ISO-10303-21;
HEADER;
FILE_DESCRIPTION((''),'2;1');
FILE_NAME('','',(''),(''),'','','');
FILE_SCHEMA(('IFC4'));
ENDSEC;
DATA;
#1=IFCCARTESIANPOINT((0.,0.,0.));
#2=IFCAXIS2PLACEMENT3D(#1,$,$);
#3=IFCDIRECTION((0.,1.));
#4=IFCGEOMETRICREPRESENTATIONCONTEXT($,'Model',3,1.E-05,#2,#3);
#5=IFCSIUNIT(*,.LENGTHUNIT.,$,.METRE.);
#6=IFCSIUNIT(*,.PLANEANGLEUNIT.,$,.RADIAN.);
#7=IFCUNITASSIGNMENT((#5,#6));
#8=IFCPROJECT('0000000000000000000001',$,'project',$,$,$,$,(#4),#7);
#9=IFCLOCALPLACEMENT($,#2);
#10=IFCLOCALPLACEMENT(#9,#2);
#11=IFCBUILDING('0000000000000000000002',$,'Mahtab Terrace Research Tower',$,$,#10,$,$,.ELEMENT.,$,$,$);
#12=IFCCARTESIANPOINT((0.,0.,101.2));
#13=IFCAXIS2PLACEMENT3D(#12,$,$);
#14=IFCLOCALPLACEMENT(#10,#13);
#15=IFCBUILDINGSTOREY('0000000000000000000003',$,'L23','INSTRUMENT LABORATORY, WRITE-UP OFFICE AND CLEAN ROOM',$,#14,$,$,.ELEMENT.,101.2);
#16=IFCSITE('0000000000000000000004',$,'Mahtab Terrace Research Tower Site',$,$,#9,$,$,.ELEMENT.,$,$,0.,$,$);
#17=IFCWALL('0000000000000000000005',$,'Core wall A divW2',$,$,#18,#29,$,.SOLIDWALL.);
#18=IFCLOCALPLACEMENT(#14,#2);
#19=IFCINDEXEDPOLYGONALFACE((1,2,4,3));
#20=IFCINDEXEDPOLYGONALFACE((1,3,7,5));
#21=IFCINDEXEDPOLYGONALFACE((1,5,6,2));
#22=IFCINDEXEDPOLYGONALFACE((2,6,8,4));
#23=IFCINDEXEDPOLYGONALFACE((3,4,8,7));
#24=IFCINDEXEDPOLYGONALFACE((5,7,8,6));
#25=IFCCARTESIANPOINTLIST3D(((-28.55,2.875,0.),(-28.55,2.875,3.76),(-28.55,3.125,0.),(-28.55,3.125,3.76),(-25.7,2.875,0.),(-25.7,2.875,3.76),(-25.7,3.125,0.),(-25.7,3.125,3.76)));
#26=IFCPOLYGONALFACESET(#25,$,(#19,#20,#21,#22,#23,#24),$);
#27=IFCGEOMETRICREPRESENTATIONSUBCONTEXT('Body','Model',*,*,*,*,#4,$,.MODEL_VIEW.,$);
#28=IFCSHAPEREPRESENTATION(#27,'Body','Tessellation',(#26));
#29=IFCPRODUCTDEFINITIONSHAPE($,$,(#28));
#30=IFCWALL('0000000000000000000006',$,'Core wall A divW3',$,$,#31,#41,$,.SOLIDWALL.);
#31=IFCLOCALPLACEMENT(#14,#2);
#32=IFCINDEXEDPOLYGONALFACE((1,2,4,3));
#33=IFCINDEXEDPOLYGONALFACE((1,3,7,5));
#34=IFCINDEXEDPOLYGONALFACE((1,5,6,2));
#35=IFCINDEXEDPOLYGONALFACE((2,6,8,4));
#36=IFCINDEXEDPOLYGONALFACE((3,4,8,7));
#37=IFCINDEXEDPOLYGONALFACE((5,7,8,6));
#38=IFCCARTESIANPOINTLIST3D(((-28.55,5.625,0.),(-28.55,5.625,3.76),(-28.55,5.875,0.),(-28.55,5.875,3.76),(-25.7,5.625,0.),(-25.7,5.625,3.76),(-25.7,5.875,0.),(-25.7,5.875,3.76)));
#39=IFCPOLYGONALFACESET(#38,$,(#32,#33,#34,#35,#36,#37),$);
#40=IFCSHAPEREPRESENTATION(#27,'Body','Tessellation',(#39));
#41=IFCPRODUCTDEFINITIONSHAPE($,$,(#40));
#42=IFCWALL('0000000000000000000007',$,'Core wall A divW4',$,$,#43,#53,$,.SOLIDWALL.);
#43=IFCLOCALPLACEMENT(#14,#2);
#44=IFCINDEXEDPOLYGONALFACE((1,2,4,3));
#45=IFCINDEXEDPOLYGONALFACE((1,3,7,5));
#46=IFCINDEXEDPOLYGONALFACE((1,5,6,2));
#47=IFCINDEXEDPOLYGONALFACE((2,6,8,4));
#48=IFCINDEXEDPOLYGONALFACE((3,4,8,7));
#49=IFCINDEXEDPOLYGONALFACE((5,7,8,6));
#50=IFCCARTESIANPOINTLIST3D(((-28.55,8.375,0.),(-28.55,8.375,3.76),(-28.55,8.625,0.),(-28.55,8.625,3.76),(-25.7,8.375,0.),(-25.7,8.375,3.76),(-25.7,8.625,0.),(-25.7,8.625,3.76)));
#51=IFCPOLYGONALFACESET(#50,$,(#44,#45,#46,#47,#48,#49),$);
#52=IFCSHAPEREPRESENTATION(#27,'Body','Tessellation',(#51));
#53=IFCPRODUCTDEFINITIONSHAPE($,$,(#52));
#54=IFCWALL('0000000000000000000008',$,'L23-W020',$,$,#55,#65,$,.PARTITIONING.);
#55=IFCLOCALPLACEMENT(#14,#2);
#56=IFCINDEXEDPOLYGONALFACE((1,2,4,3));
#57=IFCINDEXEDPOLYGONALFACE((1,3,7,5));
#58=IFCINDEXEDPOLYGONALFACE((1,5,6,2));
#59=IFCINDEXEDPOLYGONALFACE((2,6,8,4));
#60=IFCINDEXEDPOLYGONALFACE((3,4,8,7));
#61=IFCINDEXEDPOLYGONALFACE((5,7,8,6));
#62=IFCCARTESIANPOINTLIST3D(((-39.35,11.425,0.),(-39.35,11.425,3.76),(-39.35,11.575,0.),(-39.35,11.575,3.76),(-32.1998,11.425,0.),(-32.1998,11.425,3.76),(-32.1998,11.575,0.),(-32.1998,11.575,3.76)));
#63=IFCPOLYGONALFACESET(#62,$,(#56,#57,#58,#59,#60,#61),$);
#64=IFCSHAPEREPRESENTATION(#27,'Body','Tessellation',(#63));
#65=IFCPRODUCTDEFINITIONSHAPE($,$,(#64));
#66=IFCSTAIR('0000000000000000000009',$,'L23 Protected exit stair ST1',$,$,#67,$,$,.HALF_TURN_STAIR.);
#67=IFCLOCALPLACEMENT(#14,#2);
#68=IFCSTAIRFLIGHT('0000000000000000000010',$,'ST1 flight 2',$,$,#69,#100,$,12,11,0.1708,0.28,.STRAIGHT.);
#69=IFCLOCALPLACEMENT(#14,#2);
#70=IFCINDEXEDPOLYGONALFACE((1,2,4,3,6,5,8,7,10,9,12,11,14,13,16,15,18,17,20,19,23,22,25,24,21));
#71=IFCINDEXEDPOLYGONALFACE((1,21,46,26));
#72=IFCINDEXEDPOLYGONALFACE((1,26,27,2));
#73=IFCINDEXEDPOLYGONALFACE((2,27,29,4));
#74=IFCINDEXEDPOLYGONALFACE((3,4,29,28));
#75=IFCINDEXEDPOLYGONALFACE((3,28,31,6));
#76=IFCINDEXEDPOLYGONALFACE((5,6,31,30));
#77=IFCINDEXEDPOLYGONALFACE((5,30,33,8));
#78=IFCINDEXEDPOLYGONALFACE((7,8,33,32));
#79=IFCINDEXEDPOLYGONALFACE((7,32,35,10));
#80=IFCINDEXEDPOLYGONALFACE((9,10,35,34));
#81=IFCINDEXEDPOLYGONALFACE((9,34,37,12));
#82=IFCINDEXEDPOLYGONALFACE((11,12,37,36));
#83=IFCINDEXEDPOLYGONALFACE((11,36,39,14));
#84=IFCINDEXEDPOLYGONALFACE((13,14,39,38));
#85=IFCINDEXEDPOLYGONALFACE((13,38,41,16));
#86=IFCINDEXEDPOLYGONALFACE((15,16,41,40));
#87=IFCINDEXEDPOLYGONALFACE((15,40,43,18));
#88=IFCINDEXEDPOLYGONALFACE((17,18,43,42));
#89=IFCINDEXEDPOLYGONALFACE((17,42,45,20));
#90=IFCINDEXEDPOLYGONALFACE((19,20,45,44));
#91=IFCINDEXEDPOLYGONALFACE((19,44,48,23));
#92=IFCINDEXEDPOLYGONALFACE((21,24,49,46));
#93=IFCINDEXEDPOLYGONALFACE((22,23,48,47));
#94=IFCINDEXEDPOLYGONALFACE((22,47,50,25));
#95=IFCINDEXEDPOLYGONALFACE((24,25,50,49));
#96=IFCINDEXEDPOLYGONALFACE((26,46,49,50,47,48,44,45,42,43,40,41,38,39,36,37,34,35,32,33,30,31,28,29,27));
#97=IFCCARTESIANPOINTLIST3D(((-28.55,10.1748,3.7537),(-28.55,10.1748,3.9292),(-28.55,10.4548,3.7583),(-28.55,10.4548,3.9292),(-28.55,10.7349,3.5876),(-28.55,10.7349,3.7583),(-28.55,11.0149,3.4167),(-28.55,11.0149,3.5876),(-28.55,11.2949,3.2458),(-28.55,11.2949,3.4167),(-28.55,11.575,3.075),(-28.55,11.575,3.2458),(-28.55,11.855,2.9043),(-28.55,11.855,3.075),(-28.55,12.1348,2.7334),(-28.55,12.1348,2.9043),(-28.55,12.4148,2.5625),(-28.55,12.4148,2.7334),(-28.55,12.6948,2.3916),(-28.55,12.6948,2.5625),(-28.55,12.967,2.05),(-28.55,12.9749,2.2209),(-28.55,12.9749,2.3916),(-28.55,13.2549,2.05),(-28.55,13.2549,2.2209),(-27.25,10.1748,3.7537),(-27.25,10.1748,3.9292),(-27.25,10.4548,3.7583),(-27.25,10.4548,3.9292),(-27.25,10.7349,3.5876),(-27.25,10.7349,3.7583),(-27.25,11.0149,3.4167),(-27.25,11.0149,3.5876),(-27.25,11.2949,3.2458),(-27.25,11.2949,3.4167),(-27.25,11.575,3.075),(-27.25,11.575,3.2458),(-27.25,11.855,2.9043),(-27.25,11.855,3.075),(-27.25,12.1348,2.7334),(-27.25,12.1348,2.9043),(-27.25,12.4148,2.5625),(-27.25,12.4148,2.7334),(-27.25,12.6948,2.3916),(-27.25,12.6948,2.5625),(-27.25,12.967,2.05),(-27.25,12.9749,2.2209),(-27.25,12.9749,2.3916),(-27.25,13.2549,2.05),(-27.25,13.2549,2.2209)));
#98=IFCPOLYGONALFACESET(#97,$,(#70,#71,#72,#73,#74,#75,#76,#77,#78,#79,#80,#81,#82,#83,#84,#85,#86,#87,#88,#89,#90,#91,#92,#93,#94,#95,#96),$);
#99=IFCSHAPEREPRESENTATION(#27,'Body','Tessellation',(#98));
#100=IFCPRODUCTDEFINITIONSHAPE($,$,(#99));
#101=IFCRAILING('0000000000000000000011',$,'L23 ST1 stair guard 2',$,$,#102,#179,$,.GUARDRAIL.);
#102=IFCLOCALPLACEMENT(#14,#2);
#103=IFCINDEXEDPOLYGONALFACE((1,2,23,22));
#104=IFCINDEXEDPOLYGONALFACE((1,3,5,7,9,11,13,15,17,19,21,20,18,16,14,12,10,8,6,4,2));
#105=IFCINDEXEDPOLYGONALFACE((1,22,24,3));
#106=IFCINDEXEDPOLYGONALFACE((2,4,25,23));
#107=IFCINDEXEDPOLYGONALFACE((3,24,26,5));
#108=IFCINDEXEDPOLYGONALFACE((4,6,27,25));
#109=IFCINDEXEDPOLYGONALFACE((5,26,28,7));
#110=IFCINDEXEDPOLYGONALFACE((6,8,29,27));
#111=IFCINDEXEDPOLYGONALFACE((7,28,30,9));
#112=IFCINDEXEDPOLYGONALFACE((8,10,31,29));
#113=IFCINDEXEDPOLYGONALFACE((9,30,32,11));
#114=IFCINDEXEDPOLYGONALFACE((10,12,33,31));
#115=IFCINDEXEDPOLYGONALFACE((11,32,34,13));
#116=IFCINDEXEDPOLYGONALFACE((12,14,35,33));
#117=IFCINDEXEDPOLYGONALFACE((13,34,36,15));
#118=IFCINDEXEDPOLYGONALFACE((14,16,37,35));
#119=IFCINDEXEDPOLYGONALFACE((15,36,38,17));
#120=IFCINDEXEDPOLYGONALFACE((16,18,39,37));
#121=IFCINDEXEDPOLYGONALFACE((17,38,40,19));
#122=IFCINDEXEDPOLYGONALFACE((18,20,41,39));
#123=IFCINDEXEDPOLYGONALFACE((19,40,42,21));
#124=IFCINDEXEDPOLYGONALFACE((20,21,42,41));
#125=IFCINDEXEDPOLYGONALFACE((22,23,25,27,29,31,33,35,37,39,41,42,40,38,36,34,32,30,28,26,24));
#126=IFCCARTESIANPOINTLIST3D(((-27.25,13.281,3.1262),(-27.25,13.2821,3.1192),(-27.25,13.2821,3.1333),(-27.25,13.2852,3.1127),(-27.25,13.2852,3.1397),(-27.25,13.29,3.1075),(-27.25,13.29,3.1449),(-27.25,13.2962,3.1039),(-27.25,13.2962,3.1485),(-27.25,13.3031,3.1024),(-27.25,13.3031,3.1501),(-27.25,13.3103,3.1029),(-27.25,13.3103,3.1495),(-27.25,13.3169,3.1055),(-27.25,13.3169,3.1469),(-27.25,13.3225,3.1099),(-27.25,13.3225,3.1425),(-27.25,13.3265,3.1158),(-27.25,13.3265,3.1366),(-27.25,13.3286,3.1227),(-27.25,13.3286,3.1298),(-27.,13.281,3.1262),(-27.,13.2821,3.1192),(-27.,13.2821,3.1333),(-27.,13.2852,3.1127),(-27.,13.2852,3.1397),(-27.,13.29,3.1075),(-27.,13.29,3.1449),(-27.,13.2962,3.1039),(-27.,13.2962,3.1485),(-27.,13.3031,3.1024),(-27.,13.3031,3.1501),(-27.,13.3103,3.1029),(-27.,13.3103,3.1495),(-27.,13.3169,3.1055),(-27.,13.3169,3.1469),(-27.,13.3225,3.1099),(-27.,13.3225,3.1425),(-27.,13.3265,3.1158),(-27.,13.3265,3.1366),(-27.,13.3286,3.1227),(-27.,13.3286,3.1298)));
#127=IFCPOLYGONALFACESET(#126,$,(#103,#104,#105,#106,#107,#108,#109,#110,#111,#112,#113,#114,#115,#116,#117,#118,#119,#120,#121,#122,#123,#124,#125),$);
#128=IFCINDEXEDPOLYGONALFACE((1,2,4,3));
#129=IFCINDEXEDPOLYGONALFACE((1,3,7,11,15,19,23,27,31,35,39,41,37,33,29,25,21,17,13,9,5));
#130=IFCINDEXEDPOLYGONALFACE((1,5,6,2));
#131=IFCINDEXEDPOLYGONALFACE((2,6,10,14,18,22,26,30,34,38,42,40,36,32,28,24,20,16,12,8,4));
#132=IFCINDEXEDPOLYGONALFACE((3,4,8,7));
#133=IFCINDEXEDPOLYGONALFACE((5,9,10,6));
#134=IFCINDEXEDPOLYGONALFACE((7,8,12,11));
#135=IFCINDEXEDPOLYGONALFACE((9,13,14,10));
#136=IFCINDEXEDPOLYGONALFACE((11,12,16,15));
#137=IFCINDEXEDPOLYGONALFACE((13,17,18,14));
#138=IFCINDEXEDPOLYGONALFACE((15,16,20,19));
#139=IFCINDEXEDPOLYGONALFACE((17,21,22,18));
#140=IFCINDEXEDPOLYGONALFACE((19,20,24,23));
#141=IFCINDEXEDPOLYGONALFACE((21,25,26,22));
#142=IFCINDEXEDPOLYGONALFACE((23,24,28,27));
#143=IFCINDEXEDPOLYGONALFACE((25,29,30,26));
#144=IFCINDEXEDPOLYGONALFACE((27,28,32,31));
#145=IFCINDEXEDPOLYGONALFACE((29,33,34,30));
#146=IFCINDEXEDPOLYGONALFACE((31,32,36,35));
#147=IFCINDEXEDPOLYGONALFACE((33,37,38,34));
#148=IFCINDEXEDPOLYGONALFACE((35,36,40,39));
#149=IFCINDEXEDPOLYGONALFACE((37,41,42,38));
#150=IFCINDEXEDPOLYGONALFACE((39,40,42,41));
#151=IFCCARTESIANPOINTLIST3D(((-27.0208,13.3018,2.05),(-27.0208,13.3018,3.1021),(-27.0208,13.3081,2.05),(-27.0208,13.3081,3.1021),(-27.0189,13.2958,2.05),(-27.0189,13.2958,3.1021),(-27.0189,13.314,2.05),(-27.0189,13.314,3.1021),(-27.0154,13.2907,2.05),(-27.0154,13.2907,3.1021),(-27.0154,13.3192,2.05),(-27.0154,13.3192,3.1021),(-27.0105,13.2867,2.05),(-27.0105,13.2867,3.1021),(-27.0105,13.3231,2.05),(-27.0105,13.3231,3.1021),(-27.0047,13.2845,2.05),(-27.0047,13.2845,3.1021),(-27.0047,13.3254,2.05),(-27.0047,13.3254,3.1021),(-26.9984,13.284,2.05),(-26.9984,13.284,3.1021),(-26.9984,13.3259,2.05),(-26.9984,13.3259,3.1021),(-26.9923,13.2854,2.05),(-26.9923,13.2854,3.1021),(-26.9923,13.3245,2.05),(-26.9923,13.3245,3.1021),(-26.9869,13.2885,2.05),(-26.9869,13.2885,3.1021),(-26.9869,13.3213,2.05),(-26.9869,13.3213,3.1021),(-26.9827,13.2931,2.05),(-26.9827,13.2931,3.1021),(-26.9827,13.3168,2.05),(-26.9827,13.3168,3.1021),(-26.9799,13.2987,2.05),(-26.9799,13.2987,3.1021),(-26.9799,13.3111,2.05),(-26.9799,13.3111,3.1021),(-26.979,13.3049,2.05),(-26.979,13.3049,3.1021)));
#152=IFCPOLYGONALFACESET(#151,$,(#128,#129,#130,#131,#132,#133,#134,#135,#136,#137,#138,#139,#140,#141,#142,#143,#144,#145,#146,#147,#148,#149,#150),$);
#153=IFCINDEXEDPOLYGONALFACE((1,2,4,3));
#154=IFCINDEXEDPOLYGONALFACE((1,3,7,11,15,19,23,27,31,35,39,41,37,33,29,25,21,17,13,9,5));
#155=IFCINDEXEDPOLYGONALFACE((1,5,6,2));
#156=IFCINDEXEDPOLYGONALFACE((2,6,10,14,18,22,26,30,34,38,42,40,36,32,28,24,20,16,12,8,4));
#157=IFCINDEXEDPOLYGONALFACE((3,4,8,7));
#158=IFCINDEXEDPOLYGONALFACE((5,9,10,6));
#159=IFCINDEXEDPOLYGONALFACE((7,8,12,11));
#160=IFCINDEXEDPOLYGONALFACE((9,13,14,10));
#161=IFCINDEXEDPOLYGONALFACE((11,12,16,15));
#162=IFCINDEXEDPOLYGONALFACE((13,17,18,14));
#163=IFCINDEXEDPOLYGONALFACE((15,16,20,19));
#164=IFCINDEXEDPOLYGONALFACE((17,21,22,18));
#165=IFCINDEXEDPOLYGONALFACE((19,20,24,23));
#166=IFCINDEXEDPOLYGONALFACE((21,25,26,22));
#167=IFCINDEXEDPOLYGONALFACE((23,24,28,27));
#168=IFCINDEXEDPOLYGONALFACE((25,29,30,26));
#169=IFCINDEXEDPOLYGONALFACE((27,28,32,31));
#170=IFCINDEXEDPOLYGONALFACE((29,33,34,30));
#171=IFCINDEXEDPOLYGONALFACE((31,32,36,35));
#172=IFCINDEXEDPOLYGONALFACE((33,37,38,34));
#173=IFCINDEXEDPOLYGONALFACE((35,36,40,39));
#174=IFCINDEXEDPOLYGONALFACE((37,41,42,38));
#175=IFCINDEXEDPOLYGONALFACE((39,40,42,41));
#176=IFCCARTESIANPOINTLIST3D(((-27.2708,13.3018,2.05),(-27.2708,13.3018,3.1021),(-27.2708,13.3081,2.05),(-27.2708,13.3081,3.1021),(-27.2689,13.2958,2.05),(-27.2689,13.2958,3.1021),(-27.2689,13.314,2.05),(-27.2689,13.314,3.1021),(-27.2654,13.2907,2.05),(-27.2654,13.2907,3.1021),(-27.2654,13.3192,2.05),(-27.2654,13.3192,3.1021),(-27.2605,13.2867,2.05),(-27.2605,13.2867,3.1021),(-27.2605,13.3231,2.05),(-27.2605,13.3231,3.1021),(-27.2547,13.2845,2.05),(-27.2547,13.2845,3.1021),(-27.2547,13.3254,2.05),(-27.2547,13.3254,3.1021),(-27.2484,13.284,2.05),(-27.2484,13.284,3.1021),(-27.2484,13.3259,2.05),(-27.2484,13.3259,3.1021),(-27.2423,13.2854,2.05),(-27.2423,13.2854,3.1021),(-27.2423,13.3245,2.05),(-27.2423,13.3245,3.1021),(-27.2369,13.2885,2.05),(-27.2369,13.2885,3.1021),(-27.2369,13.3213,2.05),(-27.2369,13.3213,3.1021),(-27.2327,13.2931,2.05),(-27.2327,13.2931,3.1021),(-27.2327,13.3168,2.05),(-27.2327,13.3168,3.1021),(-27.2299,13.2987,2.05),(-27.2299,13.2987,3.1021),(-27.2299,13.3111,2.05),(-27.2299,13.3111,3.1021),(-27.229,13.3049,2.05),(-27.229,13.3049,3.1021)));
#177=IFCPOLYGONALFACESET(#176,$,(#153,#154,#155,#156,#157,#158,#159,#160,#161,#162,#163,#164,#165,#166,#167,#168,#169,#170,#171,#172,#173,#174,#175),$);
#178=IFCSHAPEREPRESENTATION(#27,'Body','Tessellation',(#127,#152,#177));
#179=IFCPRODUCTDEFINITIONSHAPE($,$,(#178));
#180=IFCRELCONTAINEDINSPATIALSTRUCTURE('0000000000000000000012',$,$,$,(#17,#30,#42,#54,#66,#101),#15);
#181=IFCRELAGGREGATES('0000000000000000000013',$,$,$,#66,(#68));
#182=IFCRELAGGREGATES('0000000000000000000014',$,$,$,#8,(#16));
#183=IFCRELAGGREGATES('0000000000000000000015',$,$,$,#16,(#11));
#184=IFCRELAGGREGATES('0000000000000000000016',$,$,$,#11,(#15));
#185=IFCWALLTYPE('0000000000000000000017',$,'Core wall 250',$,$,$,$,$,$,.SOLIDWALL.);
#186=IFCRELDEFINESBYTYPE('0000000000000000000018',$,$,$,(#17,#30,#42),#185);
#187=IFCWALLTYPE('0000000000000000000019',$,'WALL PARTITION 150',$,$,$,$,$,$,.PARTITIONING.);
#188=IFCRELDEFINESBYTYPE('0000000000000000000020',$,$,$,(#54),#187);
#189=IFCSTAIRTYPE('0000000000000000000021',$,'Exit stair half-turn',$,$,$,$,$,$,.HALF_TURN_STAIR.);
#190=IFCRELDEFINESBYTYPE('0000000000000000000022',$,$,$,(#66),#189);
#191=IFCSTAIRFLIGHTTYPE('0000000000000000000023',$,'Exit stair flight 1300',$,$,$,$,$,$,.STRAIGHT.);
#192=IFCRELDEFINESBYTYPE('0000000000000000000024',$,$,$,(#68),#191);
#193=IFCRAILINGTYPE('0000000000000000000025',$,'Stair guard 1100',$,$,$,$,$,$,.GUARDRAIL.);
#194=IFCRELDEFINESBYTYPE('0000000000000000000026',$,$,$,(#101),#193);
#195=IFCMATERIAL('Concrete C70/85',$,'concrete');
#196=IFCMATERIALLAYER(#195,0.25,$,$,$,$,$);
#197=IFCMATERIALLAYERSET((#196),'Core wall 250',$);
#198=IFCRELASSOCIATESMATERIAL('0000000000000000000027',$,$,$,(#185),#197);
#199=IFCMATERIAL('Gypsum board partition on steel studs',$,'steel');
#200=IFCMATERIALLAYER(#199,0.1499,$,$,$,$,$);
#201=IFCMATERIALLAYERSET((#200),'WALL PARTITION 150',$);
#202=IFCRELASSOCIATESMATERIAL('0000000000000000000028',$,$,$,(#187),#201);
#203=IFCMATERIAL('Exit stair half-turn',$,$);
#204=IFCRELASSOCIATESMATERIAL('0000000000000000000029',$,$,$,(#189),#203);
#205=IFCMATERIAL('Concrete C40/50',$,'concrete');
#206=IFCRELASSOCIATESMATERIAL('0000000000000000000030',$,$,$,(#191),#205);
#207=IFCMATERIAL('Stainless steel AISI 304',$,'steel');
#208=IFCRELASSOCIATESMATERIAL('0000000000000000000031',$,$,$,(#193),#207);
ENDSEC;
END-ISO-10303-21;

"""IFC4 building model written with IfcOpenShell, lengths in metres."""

from ifc_helpers import new_model, si_unit, direction, frame, frame_2d, origin, origin_2d, place, context, subcontext, project, spatial, polyline, rectangle, circle, outline, extrude, material, layer, layer_set, type_object, element, aggregate, save


model = new_model("IFC4")

# Units and contexts
model_context = context("Model", 3, precision=1e-05, world=origin(), true_north=direction((0.0, 1.0)))
body_context = subcontext(model_context, "Body", "Model", "MODEL_VIEW")
ifc_project = project(units=[si_unit("LENGTHUNIT", "METRE"), si_unit("PLANEANGLEUNIT", "RADIAN")], contexts=[model_context])

# Site, building, storey
site_placement = place(None, origin())
site = spatial("IfcSite", under=ifc_project, at=site_placement, Name="Mahtab Terrace Research Tower Site", CompositionType="ELEMENT", RefElevation=0.0)
building_placement = place(site_placement, origin())
building = spatial("IfcBuilding", under=site, at=building_placement, Name="Mahtab Terrace Research Tower", CompositionType="ELEMENT")
storey_placement = place(building_placement, frame((0.0, 0.0, 101.2)))
storey = spatial("IfcBuildingStorey", under=building, at=storey_placement, Name="L23", Description="INSTRUMENT LABORATORY, WRITE-UP OFFICE AND CLEAN ROOM", CompositionType="ELEMENT", Elevation=101.2)

# Shared definitions
ifc_material_1 = material(Name="Concrete C70/85", Category="concrete")

# Walls
ifc_layer_1 = layer(ifc_material_1, 0.25)
ifc_layer_set_1 = layer_set([ifc_layer_1], Name="Core wall 250")
wall_type_1 = type_object("IfcWallType", Name="Core wall 250", PredefinedType="SOLIDWALL", material=ifc_layer_set_1)
for number, where, z_axis, x_axis, name in (
    (1, (-28.55, 3.0, 0.0), (0.0, 0.0, 1.0), (1.0, 0.0, 0.0), "Core wall A divW2"),
    (2, (-28.55, 5.75, 0.0), (0.0, 0.0, 1.0), (1.0, 0.0, 0.0), "Core wall A divW3"),
    (3, (-28.55, 8.5, 0.0), (0.0, 0.0, 1.0), (1.0, 0.0, 0.0), "Core wall A divW4"),
):
    element("IfcWall", number, at=place(storey_placement, frame(where, z_axis=z_axis, x_axis=x_axis)), inside=storey, type_object=wall_type_1, Name=name, PredefinedType="SOLIDWALL", context=body_context, shape_type="SweptSolid", body=[
        extrude(rectangle(XDim=2.8501, YDim=0.25, at=frame_2d((1.425, 0.0))), origin(), (0.0, 0.0, 1.0), 3.76),
    ])
ifc_material_2 = material(Name="Gypsum board partition on steel studs", Category="steel")
ifc_layer_2 = layer(ifc_material_2, 0.1499)
ifc_layer_set_2 = layer_set([ifc_layer_2], Name="WALL PARTITION 150")
wall_type_2 = type_object("IfcWallType", Name="WALL PARTITION 150", PredefinedType="PARTITIONING", material=ifc_layer_set_2)
wall_placement = place(storey_placement, frame((-39.3501, 11.5, 0.0), z_axis=(0.0, 0.0, 1.0), x_axis=(1.0, 0.0, 0.0)))
element("IfcWall", 4, at=wall_placement, inside=storey, type_object=wall_type_2, Name="L23-W020", PredefinedType="PARTITIONING", context=body_context, shape_type="SweptSolid", body=[
    extrude(rectangle(XDim=7.1501, YDim=0.1499, at=frame_2d((3.5752, 0.0))), origin(), (0.0, 0.0, 1.0), 3.76),
])

# Stair, stair flight
ifc_material_3 = material(Name="Exit stair half-turn")
stair_type = type_object("IfcStairType", Name="Exit stair half-turn", PredefinedType="HALF_TURN_STAIR", material=ifc_material_3)
stair_placement = place(storey_placement, origin())
stair = element("IfcStair", 5, at=stair_placement, inside=storey, type_object=stair_type, Name="L23 Protected exit stair ST1", PredefinedType="HALF_TURN_STAIR")
ifc_material_4 = material(Name="Concrete C40/50", Category="concrete")
stair_flight_type = type_object("IfcStairFlightType", Name="Exit stair flight 1300", PredefinedType="STRAIGHT", material=ifc_material_4)
stair_flight_placement = place(storey_placement, frame((-27.8999, 13.2549, 2.05), z_axis=(0.0, 0.0, 1.0), x_axis=(0.0, -1.0, 0.0)))
stair_flight = element("IfcStairFlight", 6, at=stair_flight_placement, type_object=stair_flight_type, Name="ST1 flight 2", NumberOfRisers=12, NumberOfTreads=11, PredefinedType="STRAIGHT", RiserHeight=0.1708, TreadLength=0.28, context=body_context, shape_type="SweptSolid", body=[
    extrude(outline(polyline([(0.0, 0.0), (0.0, 0.1709), (0.28, 0.1709), (0.28, 0.3416), (0.5601, 0.3416), (0.5601, 0.5125), (0.8401, 0.5125), (0.8401, 0.6833), (1.1201, 0.6833), (1.1201, 0.8542), (1.3999, 0.8542), (1.3999, 1.0249), (1.6799, 1.0249), (1.6799, 1.1958), (1.96, 1.1958), (1.96, 1.3667), (2.24, 1.3667), (2.24, 1.5376), (2.52, 1.5376), (2.52, 1.7083), (2.8, 1.7083), (2.8, 1.8792), (3.0801, 1.8792), (3.0801, 2.05), (3.0801, 1.7036), (0.2878, 0.0), (0.0, 0.0)])), frame((0.0, 0.6499, 0.0), z_axis=(0.0, -1.0, 0.0), x_axis=(1.0, 0.0, 0.0)), (0.0, 0.0, 1.0), 1.3),
])
aggregate(stair, [stair_flight])

# Railing
ifc_material_5 = material(Name="Stainless steel AISI 304", Category="steel")
railing_type_1 = type_object("IfcRailingType", Name="Stair guard 1100", PredefinedType="GUARDRAIL", material=ifc_material_5)
railing_1_placement = place(storey_placement, frame((-27.0, 13.3049, 2.05)))
element("IfcRailing", 7, at=railing_1_placement, inside=storey, type_object=railing_type_1, Name="L23 ST1 stair guard 2", PredefinedType="GUARDRAIL", context=body_context, shape_type="SweptSolid", body=[
    extrude(circle(Radius=0.0239, at=origin_2d()), frame((0.0, 0.0, 1.0762), z_axis=(-1.0, 0.0, 0.0), x_axis=(0.0, -1.0, 0.0)), (0.0, 0.0, 1.0), 0.25),
    extrude(circle(Radius=0.021, at=origin_2d()), origin(), (0.0, 0.0, 1.0), 1.052),
    extrude(circle(Radius=0.021, at=origin_2d()), frame((-0.25, 0.0, 0.0)), (0.0, 0.0, 1.0), 1.052),
])

save(model, "model.ifc")
